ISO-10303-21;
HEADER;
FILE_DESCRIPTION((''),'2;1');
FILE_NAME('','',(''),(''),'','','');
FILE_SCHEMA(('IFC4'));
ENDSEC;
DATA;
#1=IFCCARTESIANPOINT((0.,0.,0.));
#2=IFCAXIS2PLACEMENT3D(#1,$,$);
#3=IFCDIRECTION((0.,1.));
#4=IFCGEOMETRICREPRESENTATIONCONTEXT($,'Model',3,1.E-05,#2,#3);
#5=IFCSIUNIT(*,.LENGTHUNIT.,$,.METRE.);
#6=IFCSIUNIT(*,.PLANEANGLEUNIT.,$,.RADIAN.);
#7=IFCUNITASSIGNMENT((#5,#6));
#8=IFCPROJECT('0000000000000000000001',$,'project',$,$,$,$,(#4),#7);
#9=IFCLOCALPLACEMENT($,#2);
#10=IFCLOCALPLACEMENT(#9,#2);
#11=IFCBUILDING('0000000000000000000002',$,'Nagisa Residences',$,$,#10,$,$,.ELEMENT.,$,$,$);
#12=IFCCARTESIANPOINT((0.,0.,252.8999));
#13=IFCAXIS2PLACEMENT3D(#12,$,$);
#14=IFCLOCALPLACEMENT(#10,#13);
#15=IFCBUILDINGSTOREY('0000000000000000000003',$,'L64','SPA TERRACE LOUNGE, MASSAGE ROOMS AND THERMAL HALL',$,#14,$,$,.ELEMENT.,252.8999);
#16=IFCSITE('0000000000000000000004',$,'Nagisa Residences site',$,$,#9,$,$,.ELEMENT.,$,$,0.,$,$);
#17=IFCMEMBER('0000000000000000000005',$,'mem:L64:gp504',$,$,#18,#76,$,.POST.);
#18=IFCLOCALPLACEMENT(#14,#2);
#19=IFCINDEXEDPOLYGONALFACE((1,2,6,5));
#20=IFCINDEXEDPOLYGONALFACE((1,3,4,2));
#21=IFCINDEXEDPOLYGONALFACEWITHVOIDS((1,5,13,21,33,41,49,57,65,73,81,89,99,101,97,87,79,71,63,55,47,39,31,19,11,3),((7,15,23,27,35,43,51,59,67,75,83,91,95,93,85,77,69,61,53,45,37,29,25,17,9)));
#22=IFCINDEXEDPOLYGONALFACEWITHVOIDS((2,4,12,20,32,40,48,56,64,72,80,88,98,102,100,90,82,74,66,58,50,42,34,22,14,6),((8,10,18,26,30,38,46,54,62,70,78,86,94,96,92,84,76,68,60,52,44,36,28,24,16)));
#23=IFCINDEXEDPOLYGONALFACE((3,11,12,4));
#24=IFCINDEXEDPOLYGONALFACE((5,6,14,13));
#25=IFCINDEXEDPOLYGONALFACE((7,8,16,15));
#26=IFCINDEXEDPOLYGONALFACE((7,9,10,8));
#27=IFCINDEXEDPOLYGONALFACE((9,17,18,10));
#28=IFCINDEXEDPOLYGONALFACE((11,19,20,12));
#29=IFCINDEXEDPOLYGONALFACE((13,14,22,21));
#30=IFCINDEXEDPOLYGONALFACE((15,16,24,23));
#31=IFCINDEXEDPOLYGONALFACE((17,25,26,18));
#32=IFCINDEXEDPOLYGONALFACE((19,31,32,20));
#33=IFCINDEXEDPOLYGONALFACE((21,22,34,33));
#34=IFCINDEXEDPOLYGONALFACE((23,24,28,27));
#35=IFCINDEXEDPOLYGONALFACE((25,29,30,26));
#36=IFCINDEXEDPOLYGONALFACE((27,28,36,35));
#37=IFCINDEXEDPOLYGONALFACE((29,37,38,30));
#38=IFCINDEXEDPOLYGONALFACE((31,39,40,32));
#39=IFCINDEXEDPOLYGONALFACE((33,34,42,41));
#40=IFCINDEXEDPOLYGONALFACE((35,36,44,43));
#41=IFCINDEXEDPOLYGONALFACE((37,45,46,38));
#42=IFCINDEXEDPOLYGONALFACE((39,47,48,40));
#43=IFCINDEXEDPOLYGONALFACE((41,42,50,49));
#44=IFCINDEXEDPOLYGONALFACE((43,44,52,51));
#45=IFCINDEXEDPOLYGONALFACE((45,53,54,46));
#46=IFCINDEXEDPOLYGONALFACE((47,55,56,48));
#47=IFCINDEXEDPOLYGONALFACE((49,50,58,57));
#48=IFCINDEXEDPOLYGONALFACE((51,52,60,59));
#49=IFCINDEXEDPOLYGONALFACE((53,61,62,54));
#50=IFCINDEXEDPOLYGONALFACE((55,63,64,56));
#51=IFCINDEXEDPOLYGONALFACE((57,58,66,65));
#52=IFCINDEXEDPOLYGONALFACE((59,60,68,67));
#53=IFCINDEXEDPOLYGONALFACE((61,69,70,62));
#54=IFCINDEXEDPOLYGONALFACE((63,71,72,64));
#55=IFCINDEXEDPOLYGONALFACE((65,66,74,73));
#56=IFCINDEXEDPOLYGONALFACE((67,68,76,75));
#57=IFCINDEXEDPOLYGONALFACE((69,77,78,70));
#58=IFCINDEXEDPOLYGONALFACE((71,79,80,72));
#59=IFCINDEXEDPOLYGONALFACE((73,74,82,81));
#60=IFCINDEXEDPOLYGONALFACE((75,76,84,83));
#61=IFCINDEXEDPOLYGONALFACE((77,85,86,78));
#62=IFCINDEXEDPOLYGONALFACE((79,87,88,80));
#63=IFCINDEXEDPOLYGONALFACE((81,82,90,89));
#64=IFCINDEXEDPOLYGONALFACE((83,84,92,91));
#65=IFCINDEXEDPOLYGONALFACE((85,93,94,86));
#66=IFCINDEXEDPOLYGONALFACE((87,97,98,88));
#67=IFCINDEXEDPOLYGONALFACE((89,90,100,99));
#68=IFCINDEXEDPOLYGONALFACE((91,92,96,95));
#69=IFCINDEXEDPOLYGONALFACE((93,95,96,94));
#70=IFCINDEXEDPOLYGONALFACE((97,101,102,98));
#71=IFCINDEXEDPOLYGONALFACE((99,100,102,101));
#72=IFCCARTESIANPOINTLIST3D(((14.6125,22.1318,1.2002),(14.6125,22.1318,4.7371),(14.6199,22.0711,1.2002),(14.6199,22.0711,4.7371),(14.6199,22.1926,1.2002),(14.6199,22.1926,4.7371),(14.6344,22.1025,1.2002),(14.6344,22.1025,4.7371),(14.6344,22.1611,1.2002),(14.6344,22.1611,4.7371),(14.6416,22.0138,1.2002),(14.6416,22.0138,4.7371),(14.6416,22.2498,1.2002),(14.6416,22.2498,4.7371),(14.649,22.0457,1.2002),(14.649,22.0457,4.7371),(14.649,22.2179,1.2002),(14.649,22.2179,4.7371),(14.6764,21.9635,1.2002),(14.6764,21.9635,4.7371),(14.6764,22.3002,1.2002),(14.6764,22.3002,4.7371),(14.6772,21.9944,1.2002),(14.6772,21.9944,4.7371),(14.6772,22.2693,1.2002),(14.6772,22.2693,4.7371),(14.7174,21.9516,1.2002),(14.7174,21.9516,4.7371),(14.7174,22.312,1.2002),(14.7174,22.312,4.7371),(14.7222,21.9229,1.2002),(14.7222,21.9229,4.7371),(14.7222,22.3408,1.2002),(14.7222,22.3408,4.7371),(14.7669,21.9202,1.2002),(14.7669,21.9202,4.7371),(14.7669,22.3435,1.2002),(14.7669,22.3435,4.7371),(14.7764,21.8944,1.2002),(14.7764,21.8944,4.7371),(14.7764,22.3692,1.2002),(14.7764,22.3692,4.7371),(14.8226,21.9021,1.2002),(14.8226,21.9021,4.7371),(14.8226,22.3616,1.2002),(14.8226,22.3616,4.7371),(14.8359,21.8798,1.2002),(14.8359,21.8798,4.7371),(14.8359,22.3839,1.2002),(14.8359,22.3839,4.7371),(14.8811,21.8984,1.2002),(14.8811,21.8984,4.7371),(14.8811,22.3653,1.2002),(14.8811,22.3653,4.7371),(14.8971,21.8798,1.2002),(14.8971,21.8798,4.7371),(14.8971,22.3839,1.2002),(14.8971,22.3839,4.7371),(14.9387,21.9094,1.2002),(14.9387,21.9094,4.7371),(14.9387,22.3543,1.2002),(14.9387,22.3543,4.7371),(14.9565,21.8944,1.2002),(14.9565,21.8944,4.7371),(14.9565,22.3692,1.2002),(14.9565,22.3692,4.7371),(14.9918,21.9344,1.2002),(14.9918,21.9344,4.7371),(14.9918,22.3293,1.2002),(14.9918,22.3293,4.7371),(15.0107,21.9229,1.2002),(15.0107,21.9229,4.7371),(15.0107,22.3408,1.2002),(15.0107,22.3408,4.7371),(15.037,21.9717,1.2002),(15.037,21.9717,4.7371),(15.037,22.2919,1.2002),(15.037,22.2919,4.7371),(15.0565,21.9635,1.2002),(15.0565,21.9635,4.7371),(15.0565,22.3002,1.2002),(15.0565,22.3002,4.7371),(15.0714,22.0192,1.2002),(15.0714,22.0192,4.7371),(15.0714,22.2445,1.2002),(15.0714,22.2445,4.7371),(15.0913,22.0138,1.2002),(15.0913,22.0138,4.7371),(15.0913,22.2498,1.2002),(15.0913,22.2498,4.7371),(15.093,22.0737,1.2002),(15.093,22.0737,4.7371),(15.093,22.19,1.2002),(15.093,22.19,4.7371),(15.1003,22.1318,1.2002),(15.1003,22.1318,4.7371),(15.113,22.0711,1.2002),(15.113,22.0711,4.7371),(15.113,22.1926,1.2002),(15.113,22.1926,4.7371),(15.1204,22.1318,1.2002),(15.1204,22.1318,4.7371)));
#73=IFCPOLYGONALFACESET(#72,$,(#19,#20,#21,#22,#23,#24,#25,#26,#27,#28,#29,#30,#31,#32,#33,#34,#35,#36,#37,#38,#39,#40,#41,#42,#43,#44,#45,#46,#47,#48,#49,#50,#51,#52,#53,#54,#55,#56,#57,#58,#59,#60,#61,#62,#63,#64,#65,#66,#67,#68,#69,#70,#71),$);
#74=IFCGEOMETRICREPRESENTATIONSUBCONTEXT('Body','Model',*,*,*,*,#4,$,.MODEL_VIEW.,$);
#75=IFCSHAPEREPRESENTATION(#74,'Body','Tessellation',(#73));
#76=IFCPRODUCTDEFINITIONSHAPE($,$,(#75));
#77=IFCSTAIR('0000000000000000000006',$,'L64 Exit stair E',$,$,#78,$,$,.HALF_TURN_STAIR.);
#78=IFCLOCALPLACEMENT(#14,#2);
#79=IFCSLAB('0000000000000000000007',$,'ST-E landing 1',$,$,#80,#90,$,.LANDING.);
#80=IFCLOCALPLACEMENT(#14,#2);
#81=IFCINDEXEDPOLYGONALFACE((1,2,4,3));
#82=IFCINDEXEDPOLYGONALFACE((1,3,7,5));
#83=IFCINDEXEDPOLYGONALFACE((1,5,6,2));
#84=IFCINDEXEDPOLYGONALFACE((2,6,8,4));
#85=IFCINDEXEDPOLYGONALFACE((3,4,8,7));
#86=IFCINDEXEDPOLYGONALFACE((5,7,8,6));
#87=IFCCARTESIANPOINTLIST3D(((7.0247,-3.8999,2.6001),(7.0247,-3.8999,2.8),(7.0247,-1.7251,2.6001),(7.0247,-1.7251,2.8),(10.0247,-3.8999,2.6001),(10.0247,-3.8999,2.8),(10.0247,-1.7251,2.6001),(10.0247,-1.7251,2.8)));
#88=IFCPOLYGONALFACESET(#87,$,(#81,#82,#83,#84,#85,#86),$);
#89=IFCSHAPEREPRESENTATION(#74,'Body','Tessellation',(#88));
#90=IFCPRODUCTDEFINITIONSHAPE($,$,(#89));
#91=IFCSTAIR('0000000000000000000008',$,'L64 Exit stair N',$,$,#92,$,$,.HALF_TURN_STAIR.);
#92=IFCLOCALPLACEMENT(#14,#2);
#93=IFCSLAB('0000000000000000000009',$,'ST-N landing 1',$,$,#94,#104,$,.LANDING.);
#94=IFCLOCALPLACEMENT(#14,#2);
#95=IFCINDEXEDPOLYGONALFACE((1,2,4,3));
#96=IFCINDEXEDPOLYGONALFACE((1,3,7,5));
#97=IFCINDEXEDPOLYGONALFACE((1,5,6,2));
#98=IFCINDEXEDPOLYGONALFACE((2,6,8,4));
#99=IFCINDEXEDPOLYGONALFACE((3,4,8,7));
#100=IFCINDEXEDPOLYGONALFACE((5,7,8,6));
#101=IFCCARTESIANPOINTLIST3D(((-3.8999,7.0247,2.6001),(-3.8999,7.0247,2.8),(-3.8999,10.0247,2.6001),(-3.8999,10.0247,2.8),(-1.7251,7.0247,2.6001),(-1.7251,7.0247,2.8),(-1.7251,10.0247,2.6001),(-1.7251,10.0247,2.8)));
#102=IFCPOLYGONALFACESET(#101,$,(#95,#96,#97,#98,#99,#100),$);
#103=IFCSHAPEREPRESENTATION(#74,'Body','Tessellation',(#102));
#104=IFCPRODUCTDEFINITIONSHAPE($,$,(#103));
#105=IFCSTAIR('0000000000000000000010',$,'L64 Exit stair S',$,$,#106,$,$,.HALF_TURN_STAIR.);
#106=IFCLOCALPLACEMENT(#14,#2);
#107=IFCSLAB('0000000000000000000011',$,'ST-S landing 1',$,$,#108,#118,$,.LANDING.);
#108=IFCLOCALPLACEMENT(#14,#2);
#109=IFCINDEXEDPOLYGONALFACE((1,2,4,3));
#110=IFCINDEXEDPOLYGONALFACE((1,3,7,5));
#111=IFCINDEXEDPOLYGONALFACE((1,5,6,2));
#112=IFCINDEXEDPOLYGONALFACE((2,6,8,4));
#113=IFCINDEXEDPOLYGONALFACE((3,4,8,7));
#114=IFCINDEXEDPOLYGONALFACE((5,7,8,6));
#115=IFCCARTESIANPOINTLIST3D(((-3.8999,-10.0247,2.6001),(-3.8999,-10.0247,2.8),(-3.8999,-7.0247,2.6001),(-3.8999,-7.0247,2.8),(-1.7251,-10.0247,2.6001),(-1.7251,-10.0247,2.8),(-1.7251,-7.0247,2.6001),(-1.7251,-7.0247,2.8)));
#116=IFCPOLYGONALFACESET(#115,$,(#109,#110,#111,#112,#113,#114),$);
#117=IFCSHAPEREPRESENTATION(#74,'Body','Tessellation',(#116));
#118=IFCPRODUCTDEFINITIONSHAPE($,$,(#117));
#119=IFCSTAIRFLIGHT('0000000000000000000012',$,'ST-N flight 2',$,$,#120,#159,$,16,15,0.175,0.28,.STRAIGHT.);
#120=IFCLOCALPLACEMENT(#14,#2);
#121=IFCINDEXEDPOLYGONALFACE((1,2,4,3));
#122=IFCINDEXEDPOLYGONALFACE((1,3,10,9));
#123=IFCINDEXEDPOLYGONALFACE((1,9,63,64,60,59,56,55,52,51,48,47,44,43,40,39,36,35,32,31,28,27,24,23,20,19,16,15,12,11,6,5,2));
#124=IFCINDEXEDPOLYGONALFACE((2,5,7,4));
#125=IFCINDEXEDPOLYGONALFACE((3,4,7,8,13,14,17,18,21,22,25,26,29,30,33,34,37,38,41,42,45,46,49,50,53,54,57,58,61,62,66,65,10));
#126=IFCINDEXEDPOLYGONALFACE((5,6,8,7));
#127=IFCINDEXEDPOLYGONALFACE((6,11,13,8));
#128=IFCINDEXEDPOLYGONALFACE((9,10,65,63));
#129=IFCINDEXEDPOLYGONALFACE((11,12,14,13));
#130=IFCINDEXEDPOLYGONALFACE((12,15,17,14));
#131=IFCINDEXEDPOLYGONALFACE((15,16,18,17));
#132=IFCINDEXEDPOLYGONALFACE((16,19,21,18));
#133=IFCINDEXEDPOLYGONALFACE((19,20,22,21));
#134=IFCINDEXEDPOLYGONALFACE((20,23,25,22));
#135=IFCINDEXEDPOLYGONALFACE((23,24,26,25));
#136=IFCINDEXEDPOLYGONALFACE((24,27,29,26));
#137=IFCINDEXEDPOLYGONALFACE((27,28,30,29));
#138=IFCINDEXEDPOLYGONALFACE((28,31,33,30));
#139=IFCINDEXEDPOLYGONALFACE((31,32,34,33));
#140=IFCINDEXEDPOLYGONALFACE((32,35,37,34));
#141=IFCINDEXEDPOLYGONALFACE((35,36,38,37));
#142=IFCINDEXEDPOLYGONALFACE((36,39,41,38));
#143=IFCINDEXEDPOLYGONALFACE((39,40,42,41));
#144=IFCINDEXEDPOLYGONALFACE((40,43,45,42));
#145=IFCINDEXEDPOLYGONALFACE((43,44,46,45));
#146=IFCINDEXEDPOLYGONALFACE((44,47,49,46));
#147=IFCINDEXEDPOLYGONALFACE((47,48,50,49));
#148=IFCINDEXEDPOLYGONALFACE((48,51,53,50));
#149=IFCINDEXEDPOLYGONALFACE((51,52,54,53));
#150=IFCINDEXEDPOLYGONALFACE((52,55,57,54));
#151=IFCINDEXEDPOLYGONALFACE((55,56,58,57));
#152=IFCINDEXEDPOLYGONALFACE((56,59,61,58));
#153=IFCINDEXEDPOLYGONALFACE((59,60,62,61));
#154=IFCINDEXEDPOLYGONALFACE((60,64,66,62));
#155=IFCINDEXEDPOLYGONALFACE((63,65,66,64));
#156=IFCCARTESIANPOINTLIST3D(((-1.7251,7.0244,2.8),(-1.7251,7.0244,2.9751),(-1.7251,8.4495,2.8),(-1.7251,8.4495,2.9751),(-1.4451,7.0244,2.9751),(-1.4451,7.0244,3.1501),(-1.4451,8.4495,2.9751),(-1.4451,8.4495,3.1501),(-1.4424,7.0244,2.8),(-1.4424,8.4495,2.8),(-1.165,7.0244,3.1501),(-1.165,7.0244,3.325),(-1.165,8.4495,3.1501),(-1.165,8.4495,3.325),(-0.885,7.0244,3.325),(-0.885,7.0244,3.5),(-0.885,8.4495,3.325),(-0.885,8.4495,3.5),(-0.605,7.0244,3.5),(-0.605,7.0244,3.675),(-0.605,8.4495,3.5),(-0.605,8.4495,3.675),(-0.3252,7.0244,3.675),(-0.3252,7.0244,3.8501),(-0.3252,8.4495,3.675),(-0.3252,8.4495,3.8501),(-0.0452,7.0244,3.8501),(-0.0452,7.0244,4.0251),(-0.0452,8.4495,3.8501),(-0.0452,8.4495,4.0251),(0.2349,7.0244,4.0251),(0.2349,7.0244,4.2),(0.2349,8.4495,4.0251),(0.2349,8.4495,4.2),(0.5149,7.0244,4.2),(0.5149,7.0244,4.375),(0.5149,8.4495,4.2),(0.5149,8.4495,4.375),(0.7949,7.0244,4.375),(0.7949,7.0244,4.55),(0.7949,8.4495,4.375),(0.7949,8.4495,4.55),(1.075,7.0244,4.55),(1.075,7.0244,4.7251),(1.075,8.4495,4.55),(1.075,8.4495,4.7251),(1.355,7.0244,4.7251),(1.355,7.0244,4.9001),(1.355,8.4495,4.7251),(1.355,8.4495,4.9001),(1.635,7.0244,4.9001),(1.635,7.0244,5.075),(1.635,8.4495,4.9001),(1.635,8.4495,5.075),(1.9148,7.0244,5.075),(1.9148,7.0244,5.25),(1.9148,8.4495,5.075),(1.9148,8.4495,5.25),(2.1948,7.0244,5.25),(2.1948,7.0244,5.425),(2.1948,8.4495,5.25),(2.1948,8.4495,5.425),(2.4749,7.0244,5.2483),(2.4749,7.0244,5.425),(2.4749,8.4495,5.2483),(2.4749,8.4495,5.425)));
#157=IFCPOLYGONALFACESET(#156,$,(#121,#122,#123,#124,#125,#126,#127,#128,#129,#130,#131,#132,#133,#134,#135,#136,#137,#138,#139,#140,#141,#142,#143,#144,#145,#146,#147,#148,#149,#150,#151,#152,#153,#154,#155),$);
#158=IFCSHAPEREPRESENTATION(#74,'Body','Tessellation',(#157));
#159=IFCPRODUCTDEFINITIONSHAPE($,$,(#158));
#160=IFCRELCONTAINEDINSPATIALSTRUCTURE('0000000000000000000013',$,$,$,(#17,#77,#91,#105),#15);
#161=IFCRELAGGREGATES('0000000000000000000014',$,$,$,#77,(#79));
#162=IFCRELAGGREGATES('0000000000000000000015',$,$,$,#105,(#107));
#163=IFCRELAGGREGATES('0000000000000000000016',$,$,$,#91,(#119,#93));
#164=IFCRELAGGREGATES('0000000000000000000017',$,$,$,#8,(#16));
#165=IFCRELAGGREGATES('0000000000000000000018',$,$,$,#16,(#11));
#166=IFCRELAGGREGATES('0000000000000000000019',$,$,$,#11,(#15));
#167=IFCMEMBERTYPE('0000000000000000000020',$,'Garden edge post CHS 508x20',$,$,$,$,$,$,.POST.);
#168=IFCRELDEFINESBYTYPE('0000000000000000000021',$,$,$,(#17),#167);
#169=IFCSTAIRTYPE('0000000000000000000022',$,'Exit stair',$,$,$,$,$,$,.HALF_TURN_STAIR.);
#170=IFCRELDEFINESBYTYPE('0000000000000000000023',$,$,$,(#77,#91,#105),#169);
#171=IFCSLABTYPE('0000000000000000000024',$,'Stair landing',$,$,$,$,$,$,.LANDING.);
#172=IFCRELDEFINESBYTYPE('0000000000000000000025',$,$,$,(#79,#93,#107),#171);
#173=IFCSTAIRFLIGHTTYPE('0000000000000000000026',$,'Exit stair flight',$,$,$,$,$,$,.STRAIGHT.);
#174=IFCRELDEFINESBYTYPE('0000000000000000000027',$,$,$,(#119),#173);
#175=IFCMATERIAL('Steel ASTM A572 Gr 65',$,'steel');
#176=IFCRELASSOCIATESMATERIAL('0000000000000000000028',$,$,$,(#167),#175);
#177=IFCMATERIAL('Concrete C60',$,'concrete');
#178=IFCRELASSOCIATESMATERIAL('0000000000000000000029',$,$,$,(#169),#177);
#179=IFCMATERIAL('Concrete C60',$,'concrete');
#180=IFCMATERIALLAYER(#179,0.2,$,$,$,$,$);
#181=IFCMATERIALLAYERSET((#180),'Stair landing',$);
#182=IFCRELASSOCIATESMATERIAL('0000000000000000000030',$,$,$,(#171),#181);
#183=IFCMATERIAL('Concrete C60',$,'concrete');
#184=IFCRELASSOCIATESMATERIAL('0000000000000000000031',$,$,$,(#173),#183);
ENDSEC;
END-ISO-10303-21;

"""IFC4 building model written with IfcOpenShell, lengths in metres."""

from ifc_helpers import new_model, si_unit, direction, frame, origin, origin_2d, place, context, subcontext, project, spatial, polyline, hollow_circle, outline, extrude, material, layer, layer_set, material_profile, profile_set, type_object, element, aggregate, save


model = new_model("IFC4")

# Units and contexts
model_context = context("Model", 3, precision=1e-05, world=origin(), true_north=direction((0.0, 1.0)))
body_context = subcontext(model_context, "Body", "Model", "MODEL_VIEW")
ifc_project = project(units=[si_unit("LENGTHUNIT", "METRE"), si_unit("PLANEANGLEUNIT", "RADIAN")], contexts=[model_context])

# Site, building, storey
site_placement = place(None, origin())
site = spatial("IfcSite", under=ifc_project, at=site_placement, Name="Nagisa Residences site", CompositionType="ELEMENT", RefElevation=0.0)
building_placement = place(site_placement, origin())
building = spatial("IfcBuilding", under=site, at=building_placement, Name="Nagisa Residences", CompositionType="ELEMENT")
storey_placement = place(building_placement, frame((0.0, 0.0, 252.8999)))
storey = spatial("IfcBuildingStorey", under=building, at=storey_placement, Name="L64", Description="SPA TERRACE LOUNGE, MASSAGE ROOMS AND THERMAL HALL", CompositionType="ELEMENT", Elevation=252.8999)

# Member
ifc_material_1 = material(Name="Steel ASTM A572 Gr 65", Category="steel")
ifc_material_profile_1 = material_profile(ifc_material_1, hollow_circle(Radius=0.2539, WallThickness=0.02, at=origin_2d()), Name="CHS 508x20")
ifc_profile_set_1 = profile_set([ifc_material_profile_1], Name="Steel ASTM A572 Gr 65")
member_type_1 = type_object("IfcMemberType", Name="Garden edge post CHS 508x20", PredefinedType="POST", material=ifc_profile_set_1)
for number, where, z_axis, x_axis, name in (
    (1, (14.8665, 22.1318, 1.2002), (0.0, 0.0, 1.0), (1.0, 0.0, 0.0), "mem:L64:gp504"),
):
    element("IfcMember", number, at=place(storey_placement, frame(where, z_axis=z_axis, x_axis=x_axis)), inside=storey, type_object=member_type_1, Name=name, PredefinedType="POST", context=body_context, shape_type="SweptSolid", body=[
        extrude(hollow_circle(Radius=0.2539, WallThickness=0.02, at=origin_2d()), origin(), (0.0, 0.0, 1.0), 3.5369),
    ])

# Stairs, slabs
ifc_material_2 = material(Name="Concrete C60", Category="concrete")
stair_type = type_object("IfcStairType", Name="Exit stair", PredefinedType="HALF_TURN_STAIR", material=ifc_material_2)
stair_1_placement = place(storey_placement, origin())
stair_1 = element("IfcStair", 2, at=stair_1_placement, inside=storey, type_object=stair_type, Name="L64 Exit stair E", PredefinedType="HALF_TURN_STAIR")
ifc_material_3 = material(Name="Concrete C60", Category="concrete")
ifc_layer_1 = layer(ifc_material_3, 0.2)
ifc_layer_set_1 = layer_set([ifc_layer_1], Name="Stair landing")
slab_type = type_object("IfcSlabType", Name="Stair landing", PredefinedType="LANDING", material=ifc_layer_set_1)
slab_1_placement = place(storey_placement, frame((0.0, 0.0, 2.6001)))
slab_1 = element("IfcSlab", 3, at=slab_1_placement, type_object=slab_type, Name="ST-E landing 1", PredefinedType="LANDING", context=body_context, shape_type="SweptSolid", body=[
    extrude(outline(polyline([(7.0247, -1.7251), (7.0247, -3.8999), (10.0247, -3.8999), (10.0247, -1.7251), (7.0247, -1.7251)])), origin(), (0.0, 0.0, 1.0), 0.2),
])
aggregate(stair_1, [slab_1])
stair_2_placement = place(storey_placement, origin())
stair_2 = element("IfcStair", 4, at=stair_2_placement, inside=storey, type_object=stair_type, Name="L64 Exit stair N", PredefinedType="HALF_TURN_STAIR")
slab_2_placement = place(storey_placement, frame((0.0, 0.0, 2.6001)))
slab_2 = element("IfcSlab", 5, at=slab_2_placement, type_object=slab_type, Name="ST-N landing 1", PredefinedType="LANDING", context=body_context, shape_type="SweptSolid", body=[
    extrude(outline(polyline([(-1.7251, 10.0247), (-3.8999, 10.0247), (-3.8999, 7.0247), (-1.7251, 7.0247), (-1.7251, 10.0247)])), origin(), (0.0, 0.0, 1.0), 0.2),
])
stair_3_placement = place(storey_placement, origin())
stair_3 = element("IfcStair", 6, at=stair_3_placement, inside=storey, type_object=stair_type, Name="L64 Exit stair S", PredefinedType="HALF_TURN_STAIR")
slab_3_placement = place(storey_placement, frame((0.0, 0.0, 2.6001)))
slab_3 = element("IfcSlab", 7, at=slab_3_placement, type_object=slab_type, Name="ST-S landing 1", PredefinedType="LANDING", context=body_context, shape_type="SweptSolid", body=[
    extrude(outline(polyline([(-1.7251, -7.0247), (-3.8999, -7.0247), (-3.8999, -10.0247), (-1.7251, -10.0247), (-1.7251, -7.0247)])), origin(), (0.0, 0.0, 1.0), 0.2),
])
aggregate(stair_3, [slab_3])

# Stair flight
ifc_material_4 = material(Name="Concrete C60", Category="concrete")
stair_flight_type = type_object("IfcStairFlightType", Name="Exit stair flight", PredefinedType="STRAIGHT", material=ifc_material_4)
stair_flight_placement = place(storey_placement, frame((-1.7251, 7.7371, 2.8), z_axis=(0.0, 0.0, 1.0), x_axis=(1.0, 0.0, 0.0)))
stair_flight = element("IfcStairFlight", 8, at=stair_flight_placement, type_object=stair_flight_type, Name="ST-N flight 2", NumberOfRisers=16, NumberOfTreads=15, PredefinedType="STRAIGHT", RiserHeight=0.175, TreadLength=0.28, context=body_context, shape_type="SweptSolid", body=[
    extrude(outline(polyline([(0.0, 0.0), (0.0, 0.175), (0.28, 0.175), (0.28, 0.3501), (0.5601, 0.3501), (0.5601, 0.5249), (0.8401, 0.5249), (0.8401, 0.7), (1.1201, 0.7), (1.1201, 0.875), (1.3999, 0.875), (1.3999, 1.05), (1.6799, 1.05), (1.6799, 1.2251), (1.96, 1.2251), (1.96, 1.3999), (2.24, 1.3999), (2.24, 1.575), (2.52, 1.575), (2.52, 1.75), (2.8, 1.75), (2.8, 1.925), (3.0801, 1.925), (3.0801, 2.1001), (3.3601, 2.1001), (3.3601, 2.2749), (3.6399, 2.2749), (3.6399, 2.45), (3.9199, 2.45), (3.9199, 2.625), (4.2, 2.625), (4.2, 2.8), (4.2, 2.4482), (0.2827, 0.0), (0.0, 0.0)])), frame((0.0, 0.7124, 0.0), z_axis=(0.0, -1.0, 0.0), x_axis=(1.0, 0.0, 0.0)), (0.0, 0.0, 1.0), 1.425),
])
aggregate(stair_2, [stair_flight, slab_2])

save(model, "model.ifc")
